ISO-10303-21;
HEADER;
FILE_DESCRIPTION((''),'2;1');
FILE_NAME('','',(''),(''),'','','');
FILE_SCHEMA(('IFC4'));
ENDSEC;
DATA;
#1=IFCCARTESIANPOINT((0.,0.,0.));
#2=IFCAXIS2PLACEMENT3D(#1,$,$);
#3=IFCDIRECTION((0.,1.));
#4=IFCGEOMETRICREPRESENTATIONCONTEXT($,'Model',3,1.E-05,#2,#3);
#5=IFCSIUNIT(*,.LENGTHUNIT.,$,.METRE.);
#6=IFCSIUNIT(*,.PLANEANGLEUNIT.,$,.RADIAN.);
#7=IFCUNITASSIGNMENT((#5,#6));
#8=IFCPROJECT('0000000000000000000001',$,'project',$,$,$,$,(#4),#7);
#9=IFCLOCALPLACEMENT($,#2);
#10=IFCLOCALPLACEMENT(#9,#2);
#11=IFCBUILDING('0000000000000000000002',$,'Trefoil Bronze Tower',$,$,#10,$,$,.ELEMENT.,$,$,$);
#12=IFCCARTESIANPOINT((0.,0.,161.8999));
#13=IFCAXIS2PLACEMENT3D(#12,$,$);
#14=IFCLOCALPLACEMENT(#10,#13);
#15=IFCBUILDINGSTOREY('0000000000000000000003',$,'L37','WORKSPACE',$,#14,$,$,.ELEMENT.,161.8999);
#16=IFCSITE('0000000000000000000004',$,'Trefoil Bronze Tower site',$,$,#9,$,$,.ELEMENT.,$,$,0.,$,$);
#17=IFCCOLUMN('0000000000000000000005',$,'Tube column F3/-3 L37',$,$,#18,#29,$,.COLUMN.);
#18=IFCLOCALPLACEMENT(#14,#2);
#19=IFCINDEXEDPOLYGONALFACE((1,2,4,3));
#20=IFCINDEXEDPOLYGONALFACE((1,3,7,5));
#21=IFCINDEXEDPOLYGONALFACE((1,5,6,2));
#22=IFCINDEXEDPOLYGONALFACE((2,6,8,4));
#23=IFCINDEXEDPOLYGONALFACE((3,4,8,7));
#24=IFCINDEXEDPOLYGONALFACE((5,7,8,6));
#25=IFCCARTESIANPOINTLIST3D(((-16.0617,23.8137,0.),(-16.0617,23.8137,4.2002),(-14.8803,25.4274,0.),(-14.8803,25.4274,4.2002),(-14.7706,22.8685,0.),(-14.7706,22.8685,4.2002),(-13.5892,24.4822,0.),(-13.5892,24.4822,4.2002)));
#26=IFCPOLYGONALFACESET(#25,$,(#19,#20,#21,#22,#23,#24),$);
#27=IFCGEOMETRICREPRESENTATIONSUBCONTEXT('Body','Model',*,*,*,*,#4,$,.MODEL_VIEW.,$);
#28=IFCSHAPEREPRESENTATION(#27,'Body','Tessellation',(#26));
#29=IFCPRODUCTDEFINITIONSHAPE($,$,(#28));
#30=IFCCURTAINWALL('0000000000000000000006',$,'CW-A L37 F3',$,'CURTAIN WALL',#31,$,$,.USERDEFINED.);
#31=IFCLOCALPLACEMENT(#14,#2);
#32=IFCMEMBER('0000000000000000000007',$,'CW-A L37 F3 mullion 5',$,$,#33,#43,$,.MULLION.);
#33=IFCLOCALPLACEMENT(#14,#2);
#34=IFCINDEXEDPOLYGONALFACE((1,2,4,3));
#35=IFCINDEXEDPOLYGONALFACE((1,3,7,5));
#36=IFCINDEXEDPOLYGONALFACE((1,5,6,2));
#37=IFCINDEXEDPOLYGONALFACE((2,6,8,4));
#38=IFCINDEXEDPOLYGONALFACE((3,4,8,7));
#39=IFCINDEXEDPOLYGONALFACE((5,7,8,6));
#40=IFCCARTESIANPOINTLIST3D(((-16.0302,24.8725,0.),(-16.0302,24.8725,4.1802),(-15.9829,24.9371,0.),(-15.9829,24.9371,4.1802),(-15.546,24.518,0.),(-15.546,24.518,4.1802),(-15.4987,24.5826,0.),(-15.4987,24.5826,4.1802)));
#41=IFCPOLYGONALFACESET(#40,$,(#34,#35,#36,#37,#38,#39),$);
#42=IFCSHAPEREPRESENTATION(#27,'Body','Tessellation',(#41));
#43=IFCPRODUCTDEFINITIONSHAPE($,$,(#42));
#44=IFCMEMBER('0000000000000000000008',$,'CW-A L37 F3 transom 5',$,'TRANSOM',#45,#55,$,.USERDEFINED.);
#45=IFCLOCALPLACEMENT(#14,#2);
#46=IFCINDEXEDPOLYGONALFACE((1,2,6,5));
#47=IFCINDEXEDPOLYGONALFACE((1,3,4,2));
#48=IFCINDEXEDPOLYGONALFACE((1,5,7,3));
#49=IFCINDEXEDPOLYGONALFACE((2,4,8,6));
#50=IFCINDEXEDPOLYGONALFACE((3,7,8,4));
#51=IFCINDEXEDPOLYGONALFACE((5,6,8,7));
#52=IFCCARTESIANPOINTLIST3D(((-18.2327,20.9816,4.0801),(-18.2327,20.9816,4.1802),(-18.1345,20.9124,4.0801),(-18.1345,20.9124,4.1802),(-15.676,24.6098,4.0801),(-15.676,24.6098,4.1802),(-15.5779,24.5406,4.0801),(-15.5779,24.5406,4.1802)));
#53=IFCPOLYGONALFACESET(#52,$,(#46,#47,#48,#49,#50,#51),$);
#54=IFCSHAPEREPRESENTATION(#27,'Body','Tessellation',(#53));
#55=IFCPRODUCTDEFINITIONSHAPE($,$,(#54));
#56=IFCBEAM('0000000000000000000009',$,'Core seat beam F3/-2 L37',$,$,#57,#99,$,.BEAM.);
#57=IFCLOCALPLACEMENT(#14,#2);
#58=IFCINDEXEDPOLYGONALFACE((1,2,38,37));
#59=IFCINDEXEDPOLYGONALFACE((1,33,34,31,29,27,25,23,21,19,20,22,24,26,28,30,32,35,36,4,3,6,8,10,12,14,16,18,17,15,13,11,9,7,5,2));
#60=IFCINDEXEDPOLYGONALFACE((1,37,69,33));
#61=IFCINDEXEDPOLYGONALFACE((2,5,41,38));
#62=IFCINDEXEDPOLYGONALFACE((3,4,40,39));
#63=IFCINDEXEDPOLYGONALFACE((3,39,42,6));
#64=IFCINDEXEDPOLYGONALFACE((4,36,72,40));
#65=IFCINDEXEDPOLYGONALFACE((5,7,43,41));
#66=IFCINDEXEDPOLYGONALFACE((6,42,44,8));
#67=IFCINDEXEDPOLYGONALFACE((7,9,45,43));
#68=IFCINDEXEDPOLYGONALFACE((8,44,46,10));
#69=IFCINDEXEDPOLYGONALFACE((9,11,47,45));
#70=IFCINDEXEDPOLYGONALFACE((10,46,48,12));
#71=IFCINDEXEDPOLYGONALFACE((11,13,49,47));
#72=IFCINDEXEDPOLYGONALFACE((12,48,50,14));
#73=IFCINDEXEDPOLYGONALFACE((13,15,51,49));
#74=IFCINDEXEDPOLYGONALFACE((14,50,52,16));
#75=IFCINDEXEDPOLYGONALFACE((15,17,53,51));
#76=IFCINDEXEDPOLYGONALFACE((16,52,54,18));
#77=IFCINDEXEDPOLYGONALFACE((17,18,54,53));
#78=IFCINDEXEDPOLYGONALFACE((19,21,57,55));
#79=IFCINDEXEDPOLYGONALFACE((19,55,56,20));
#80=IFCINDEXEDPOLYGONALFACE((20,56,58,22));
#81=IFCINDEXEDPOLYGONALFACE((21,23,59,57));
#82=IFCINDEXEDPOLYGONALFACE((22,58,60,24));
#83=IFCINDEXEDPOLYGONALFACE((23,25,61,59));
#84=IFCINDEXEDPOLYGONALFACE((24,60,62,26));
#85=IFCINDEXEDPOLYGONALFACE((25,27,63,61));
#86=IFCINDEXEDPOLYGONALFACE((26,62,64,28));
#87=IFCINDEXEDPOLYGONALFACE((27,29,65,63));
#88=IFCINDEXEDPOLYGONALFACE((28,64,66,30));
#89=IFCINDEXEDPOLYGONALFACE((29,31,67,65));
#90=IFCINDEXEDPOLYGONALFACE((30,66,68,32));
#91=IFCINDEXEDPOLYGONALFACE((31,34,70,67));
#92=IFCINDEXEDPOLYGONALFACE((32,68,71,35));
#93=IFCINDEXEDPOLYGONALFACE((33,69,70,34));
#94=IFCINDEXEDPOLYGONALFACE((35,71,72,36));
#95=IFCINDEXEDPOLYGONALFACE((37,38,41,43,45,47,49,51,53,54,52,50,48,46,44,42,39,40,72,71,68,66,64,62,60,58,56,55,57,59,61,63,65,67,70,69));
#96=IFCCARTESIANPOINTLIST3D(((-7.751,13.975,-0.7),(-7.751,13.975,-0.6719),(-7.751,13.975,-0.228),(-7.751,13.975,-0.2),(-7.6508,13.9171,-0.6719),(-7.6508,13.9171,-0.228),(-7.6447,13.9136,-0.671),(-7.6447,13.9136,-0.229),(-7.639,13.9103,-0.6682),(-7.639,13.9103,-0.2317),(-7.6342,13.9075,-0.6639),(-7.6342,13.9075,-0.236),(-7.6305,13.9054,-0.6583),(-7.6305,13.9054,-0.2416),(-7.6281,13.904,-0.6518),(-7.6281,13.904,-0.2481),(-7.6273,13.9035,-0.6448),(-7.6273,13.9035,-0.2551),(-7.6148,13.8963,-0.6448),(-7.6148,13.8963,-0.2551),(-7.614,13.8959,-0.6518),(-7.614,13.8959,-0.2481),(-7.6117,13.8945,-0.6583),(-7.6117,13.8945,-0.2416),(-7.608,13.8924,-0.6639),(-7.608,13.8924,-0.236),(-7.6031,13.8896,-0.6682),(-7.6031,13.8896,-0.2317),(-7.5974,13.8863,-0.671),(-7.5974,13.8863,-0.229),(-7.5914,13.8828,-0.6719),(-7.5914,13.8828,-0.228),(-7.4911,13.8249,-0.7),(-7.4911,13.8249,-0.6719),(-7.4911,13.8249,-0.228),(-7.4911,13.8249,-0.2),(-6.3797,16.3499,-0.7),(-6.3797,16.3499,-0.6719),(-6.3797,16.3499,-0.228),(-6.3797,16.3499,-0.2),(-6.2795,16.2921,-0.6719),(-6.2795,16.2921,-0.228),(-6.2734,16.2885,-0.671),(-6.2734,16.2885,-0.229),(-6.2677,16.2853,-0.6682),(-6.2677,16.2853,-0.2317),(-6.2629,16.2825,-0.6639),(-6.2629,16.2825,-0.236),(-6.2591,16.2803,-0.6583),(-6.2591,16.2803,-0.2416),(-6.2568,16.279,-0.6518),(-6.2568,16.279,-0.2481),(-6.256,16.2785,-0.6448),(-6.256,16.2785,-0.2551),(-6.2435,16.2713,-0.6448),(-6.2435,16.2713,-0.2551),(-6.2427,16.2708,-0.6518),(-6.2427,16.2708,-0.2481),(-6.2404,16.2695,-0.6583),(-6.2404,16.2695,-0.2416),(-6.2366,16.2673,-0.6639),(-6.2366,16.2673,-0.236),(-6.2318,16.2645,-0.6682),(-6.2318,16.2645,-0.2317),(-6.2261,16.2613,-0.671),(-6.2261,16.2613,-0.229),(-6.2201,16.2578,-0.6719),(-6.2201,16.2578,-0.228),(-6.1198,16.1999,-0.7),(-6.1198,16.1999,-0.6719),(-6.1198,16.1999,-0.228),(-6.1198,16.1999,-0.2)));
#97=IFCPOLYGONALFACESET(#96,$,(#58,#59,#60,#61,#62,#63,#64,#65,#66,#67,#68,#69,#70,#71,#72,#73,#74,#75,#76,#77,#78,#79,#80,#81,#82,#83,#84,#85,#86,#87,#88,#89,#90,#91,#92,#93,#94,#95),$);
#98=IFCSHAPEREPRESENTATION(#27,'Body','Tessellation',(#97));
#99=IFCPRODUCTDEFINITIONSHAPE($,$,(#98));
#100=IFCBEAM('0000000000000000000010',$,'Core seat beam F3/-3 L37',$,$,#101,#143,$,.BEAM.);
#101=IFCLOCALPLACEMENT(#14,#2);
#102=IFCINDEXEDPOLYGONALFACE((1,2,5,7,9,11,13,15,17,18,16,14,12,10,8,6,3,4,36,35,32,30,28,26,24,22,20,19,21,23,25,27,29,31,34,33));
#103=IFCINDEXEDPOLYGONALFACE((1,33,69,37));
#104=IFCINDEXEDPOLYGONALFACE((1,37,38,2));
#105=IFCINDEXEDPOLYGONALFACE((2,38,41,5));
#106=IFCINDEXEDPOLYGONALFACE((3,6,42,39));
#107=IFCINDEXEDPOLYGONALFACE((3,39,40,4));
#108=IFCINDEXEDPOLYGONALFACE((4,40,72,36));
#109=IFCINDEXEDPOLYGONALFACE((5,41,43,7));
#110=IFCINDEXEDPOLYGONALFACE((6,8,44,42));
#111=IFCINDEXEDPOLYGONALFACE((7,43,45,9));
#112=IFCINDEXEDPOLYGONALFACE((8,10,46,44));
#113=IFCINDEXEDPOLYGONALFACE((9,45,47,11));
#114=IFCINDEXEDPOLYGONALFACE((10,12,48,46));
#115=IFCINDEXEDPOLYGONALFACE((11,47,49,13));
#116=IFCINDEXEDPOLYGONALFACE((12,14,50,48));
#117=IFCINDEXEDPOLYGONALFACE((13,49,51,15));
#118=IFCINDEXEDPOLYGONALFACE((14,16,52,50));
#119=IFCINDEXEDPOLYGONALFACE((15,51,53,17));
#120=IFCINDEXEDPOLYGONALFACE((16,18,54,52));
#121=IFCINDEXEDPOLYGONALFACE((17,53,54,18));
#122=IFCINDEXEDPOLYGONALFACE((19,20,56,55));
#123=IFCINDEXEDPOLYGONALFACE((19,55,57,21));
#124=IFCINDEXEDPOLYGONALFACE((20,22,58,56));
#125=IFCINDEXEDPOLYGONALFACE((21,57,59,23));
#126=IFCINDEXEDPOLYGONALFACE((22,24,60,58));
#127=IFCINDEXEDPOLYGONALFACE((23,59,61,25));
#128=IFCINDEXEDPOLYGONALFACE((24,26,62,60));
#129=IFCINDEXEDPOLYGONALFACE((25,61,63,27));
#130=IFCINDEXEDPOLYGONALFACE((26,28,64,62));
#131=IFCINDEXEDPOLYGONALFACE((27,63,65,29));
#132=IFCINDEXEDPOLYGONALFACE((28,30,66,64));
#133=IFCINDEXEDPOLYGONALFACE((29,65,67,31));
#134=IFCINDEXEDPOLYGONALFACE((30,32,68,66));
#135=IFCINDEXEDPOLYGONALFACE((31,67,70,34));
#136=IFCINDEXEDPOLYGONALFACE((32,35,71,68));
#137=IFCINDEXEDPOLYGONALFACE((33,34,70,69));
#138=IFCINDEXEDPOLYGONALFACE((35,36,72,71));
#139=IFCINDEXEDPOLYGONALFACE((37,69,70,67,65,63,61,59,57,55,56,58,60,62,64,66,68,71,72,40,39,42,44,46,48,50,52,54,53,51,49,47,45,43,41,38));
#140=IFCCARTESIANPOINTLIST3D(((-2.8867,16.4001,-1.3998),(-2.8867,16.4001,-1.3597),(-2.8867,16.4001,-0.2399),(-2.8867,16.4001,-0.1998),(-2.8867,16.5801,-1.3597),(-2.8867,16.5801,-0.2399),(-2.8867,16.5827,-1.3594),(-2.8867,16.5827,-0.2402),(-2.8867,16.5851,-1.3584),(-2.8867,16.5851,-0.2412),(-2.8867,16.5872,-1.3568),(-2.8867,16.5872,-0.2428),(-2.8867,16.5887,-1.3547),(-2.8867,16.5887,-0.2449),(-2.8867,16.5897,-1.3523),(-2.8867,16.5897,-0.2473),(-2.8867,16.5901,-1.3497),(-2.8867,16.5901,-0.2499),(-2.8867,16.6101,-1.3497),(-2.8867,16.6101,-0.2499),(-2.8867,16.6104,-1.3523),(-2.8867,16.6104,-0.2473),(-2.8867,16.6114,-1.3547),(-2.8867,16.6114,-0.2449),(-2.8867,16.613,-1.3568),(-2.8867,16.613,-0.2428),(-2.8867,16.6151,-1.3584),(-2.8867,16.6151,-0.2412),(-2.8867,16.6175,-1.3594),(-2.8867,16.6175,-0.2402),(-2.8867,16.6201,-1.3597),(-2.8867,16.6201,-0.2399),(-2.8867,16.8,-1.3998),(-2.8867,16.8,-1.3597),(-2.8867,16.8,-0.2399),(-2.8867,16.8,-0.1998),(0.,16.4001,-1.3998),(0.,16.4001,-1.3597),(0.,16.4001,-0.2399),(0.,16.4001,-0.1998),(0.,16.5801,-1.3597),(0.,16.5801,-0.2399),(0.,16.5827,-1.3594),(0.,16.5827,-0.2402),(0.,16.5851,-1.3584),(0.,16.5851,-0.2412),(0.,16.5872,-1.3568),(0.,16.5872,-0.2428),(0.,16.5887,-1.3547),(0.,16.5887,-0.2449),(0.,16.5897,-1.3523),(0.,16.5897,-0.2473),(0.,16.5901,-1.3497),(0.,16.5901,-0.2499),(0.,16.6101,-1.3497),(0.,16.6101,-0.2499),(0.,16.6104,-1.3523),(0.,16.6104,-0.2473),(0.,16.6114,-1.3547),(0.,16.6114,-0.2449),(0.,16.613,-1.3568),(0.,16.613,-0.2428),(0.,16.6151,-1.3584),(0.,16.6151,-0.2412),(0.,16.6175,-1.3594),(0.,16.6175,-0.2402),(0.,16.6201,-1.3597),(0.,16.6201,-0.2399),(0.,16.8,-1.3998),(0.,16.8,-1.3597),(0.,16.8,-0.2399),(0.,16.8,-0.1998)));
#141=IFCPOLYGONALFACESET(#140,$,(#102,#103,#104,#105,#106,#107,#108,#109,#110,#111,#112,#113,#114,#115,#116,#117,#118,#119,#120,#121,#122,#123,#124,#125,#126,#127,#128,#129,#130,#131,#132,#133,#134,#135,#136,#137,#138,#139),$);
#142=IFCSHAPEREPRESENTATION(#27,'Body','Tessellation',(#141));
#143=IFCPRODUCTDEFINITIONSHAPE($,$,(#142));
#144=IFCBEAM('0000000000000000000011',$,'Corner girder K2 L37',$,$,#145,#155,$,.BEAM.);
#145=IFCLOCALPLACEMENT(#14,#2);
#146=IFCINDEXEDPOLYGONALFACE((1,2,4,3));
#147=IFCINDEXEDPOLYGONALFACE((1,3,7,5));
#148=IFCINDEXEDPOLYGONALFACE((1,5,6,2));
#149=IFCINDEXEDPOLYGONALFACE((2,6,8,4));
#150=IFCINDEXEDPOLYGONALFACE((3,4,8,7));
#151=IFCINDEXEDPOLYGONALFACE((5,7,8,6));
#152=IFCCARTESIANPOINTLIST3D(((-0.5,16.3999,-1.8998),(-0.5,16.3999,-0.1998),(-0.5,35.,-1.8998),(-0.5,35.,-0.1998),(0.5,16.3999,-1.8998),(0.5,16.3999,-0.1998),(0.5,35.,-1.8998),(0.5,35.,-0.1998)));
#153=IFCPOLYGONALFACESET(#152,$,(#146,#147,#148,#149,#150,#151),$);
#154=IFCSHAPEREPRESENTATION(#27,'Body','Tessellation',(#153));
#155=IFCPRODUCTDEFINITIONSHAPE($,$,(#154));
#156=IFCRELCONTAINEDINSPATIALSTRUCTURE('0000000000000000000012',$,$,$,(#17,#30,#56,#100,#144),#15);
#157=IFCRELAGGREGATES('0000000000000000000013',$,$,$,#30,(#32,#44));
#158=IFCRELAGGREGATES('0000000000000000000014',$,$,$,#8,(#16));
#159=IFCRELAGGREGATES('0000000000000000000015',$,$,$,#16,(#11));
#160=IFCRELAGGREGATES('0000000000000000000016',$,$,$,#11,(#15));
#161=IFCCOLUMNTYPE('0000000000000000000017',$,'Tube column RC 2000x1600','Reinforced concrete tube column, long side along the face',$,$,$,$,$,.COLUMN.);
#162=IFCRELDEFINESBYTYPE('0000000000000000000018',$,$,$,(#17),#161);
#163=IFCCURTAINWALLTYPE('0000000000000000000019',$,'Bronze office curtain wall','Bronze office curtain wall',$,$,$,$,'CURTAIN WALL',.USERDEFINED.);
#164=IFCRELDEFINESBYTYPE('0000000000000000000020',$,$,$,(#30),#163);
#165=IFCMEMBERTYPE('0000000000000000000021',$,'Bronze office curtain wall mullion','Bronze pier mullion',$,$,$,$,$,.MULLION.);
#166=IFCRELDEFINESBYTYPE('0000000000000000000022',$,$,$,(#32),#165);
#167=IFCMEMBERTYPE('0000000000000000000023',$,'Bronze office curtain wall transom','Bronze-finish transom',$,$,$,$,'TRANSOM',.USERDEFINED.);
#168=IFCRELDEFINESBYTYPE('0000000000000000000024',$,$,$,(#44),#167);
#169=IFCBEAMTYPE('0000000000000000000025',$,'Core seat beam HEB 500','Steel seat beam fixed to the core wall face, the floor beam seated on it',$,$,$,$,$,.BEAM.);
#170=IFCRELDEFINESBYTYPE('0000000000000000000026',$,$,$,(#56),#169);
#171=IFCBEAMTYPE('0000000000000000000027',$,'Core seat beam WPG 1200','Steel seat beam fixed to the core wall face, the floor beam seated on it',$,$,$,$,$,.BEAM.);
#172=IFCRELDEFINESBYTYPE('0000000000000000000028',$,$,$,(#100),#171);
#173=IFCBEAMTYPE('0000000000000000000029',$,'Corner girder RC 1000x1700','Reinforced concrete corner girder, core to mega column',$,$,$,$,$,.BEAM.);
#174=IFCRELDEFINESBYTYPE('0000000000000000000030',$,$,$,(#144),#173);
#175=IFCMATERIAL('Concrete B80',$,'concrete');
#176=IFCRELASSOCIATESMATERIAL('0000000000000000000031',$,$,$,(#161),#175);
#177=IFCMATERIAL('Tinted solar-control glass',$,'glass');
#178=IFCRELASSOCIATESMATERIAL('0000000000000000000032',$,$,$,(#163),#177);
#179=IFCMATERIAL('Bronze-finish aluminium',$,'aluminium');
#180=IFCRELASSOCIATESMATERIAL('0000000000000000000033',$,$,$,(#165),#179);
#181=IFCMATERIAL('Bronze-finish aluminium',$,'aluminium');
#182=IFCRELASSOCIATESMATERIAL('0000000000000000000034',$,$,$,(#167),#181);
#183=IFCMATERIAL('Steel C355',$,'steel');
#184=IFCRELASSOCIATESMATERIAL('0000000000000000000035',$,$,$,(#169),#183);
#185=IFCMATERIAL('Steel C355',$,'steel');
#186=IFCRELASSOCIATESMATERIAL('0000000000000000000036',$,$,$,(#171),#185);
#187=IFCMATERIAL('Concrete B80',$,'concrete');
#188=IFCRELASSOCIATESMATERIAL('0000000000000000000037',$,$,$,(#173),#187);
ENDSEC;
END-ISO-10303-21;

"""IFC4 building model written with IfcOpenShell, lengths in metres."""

from ifc_helpers import new_model, si_unit, direction, frame, origin, origin_2d, place, context, subcontext, project, spatial, rectangle, i_section, extrude, material, material_profile, profile_set, type_object, element, aggregate, save


model = new_model("IFC4")

# Units and contexts
model_context = context("Model", 3, precision=1e-05, world=origin(), true_north=direction((0.0, 1.0)))
body_context = subcontext(model_context, "Body", "Model", "MODEL_VIEW")
ifc_project = project(units=[si_unit("LENGTHUNIT", "METRE"), si_unit("PLANEANGLEUNIT", "RADIAN")], contexts=[model_context])

# Site, building, storey
site_placement = place(None, origin())
site = spatial("IfcSite", under=ifc_project, at=site_placement, Name="Trefoil Bronze Tower site", CompositionType="ELEMENT", RefElevation=0.0)
building_placement = place(site_placement, origin())
building = spatial("IfcBuilding", under=site, at=building_placement, Name="Trefoil Bronze Tower", CompositionType="ELEMENT")
storey_placement = place(building_placement, frame((0.0, 0.0, 161.8999)))
storey = spatial("IfcBuildingStorey", under=building, at=storey_placement, Name="L37", Description="WORKSPACE", CompositionType="ELEMENT", Elevation=161.8999)

# Column
ifc_material_1 = material(Name="Concrete B80", Category="concrete")
ifc_material_profile_1 = material_profile(ifc_material_1, rectangle(XDim=2.0, YDim=1.6001, at=origin_2d()), Name="RC 2000x1600")
ifc_profile_set_1 = profile_set([ifc_material_profile_1], Name="Concrete B80")
column_type = type_object("IfcColumnType", Name="Tube column RC 2000x1600", Description="Reinforced concrete tube column, long side along the face", PredefinedType="COLUMN", material=ifc_profile_set_1)
column_placement = place(storey_placement, frame((-14.8254, 24.1479, 0.0), z_axis=(0.0, 0.0, 1.0), x_axis=(-0.590723, -0.806875, 0.0)))
element("IfcColumn", 1, at=column_placement, inside=storey, type_object=column_type, Name="Tube column F3/-3 L37", PredefinedType="COLUMN", context=body_context, shape_type="SweptSolid", body=[
    extrude(rectangle(XDim=2.0, YDim=1.6001, at=origin_2d()), origin(), (0.0, 0.0, 1.0), 4.2002),
])

# Curtain wall, members
ifc_material_2 = material(Name="Tinted solar-control glass", Category="glass")
curtain_wall_type = type_object("IfcCurtainWallType", Name="Bronze office curtain wall", Description="Bronze office curtain wall", ElementType="CURTAIN WALL", PredefinedType="USERDEFINED", material=ifc_material_2)
curtain_wall_placement = place(storey_placement, origin())
curtain_wall = element("IfcCurtainWall", 2, at=curtain_wall_placement, inside=storey, type_object=curtain_wall_type, Name="CW-A L37 F3", ObjectType="CURTAIN WALL", PredefinedType="USERDEFINED")
ifc_material_3 = material(Name="Bronze-finish aluminium", Category="aluminium")
ifc_material_profile_2 = material_profile(ifc_material_3, rectangle(XDim=0.6001, YDim=0.0801, at=origin_2d()), Name="CW-A mullion")
ifc_profile_set_2 = profile_set([ifc_material_profile_2], Name="Bronze-finish aluminium")
member_type_1 = type_object("IfcMemberType", Name="Bronze office curtain wall mullion", Description="Bronze pier mullion", PredefinedType="MULLION", material=ifc_profile_set_2)
member_1_placement = place(storey_placement, frame((-15.7644, 24.7275, 0.0), z_axis=(0.0, 0.0, 1.0), x_axis=(0.806875, -0.590723, 0.0)))
member_1 = element("IfcMember", 3, at=member_1_placement, type_object=member_type_1, Name="CW-A L37 F3 mullion 5", PredefinedType="MULLION", context=body_context, shape_type="SweptSolid", body=[
    extrude(rectangle(XDim=0.6001, YDim=0.0801, at=origin_2d()), origin(), (0.0, 0.0, 1.0), 4.1802),
])
ifc_material_4 = material(Name="Bronze-finish aluminium", Category="aluminium")
ifc_material_profile_3 = material_profile(ifc_material_4, rectangle(XDim=0.1201, YDim=0.1001, at=origin_2d()), Name="CW-A transom")
ifc_profile_set_3 = profile_set([ifc_material_profile_3], Name="Bronze-finish aluminium")
member_type_2 = type_object("IfcMemberType", Name="Bronze office curtain wall transom", Description="Bronze-finish transom", ElementType="TRANSOM", PredefinedType="USERDEFINED", material=ifc_profile_set_3)
member_2_placement = place(storey_placement, frame((-15.627, 24.5752, 4.1301), z_axis=(-0.576018, -0.817437, 0.0), x_axis=(0.817437, -0.576018, 0.0)))
member_2 = element("IfcMember", 4, at=member_2_placement, type_object=member_type_2, Name="CW-A L37 F3 transom 5", ObjectType="TRANSOM", PredefinedType="USERDEFINED", context=body_context, shape_type="SweptSolid", body=[
    extrude(rectangle(XDim=0.1201, YDim=0.1001, at=origin_2d()), origin(), (0.0, 0.0, 1.0), 4.4385),
])

# Beams
ifc_material_5 = material(Name="Steel C355", Category="steel")
ifc_material_profile_4 = material_profile(ifc_material_5, i_section(OverallWidth=0.3, OverallDepth=0.5, WebThickness=0.0144, FlangeThickness=0.0281, FilletRadius=0.0271, at=origin_2d()), Name="HEB 500")
ifc_profile_set_4 = profile_set([ifc_material_profile_4], Name="Steel C355")
beam_type_1 = type_object("IfcBeamType", Name="Core seat beam HEB 500", Description="Steel seat beam fixed to the core wall face, the floor beam seated on it", PredefinedType="BEAM", material=ifc_profile_set_4)
beam_1_placement = place(storey_placement, frame((-6.2498, 16.2749, -0.45), z_axis=(-0.500036, -0.866005, 0.0), x_axis=(0.866005, -0.500036, 0.0)))
element("IfcBeam", 5, at=beam_1_placement, inside=storey, type_object=beam_type_1, Name="Core seat beam F3/-2 L37", PredefinedType="BEAM", context=body_context, shape_type="SweptSolid", body=[
    extrude(i_section(OverallWidth=0.3, OverallDepth=0.5, WebThickness=0.0144, FlangeThickness=0.0281, FilletRadius=0.0271, at=origin_2d()), origin(), (0.0, 0.0, 1.0), 2.7424),
])
ifc_material_6 = material(Name="Steel C355", Category="steel")
ifc_material_profile_5 = material_profile(ifc_material_6, i_section(OverallWidth=0.3999, OverallDepth=1.2, WebThickness=0.02, FlangeThickness=0.04, FilletRadius=0.01, at=origin_2d()), Name="WPG 1200")
ifc_profile_set_5 = profile_set([ifc_material_profile_5], Name="Steel C355")
beam_type_2 = type_object("IfcBeamType", Name="Core seat beam WPG 1200", Description="Steel seat beam fixed to the core wall face, the floor beam seated on it", PredefinedType="BEAM", material=ifc_profile_set_5)
beam_2_placement = place(storey_placement, frame((0.0, 16.6001, -0.7998), z_axis=(-1.0, 0.0, 0.0), x_axis=(0.0, -1.0, 0.0)))
element("IfcBeam", 6, at=beam_2_placement, inside=storey, type_object=beam_type_2, Name="Core seat beam F3/-3 L37", PredefinedType="BEAM", context=body_context, shape_type="SweptSolid", body=[
    extrude(i_section(OverallWidth=0.3999, OverallDepth=1.2, WebThickness=0.02, FlangeThickness=0.04, FilletRadius=0.01, at=origin_2d()), origin(), (0.0, 0.0, 1.0), 2.8867),
])
ifc_material_7 = material(Name="Concrete B80", Category="concrete")
ifc_material_profile_6 = material_profile(ifc_material_7, rectangle(XDim=1.0, YDim=1.7, at=origin_2d()), Name="RC 1000x1700")
ifc_profile_set_6 = profile_set([ifc_material_profile_6], Name="Concrete B80")
beam_type_3 = type_object("IfcBeamType", Name="Corner girder RC 1000x1700", Description="Reinforced concrete corner girder, core to mega column", PredefinedType="BEAM", material=ifc_profile_set_6)
beam_3_placement = place(storey_placement, frame((0.0, 16.3999, -1.0498), z_axis=(0.0, 1.0, 0.0), x_axis=(-1.0, 0.0, 0.0)))
element("IfcBeam", 7, at=beam_3_placement, inside=storey, type_object=beam_type_3, Name="Corner girder K2 L37", PredefinedType="BEAM", context=body_context, shape_type="SweptSolid", body=[
    extrude(rectangle(XDim=1.0, YDim=1.7, at=origin_2d()), origin(), (0.0, 0.0, 1.0), 18.6001),
])

aggregate(curtain_wall, [member_1, member_2])

save(model, "model.ifc")
